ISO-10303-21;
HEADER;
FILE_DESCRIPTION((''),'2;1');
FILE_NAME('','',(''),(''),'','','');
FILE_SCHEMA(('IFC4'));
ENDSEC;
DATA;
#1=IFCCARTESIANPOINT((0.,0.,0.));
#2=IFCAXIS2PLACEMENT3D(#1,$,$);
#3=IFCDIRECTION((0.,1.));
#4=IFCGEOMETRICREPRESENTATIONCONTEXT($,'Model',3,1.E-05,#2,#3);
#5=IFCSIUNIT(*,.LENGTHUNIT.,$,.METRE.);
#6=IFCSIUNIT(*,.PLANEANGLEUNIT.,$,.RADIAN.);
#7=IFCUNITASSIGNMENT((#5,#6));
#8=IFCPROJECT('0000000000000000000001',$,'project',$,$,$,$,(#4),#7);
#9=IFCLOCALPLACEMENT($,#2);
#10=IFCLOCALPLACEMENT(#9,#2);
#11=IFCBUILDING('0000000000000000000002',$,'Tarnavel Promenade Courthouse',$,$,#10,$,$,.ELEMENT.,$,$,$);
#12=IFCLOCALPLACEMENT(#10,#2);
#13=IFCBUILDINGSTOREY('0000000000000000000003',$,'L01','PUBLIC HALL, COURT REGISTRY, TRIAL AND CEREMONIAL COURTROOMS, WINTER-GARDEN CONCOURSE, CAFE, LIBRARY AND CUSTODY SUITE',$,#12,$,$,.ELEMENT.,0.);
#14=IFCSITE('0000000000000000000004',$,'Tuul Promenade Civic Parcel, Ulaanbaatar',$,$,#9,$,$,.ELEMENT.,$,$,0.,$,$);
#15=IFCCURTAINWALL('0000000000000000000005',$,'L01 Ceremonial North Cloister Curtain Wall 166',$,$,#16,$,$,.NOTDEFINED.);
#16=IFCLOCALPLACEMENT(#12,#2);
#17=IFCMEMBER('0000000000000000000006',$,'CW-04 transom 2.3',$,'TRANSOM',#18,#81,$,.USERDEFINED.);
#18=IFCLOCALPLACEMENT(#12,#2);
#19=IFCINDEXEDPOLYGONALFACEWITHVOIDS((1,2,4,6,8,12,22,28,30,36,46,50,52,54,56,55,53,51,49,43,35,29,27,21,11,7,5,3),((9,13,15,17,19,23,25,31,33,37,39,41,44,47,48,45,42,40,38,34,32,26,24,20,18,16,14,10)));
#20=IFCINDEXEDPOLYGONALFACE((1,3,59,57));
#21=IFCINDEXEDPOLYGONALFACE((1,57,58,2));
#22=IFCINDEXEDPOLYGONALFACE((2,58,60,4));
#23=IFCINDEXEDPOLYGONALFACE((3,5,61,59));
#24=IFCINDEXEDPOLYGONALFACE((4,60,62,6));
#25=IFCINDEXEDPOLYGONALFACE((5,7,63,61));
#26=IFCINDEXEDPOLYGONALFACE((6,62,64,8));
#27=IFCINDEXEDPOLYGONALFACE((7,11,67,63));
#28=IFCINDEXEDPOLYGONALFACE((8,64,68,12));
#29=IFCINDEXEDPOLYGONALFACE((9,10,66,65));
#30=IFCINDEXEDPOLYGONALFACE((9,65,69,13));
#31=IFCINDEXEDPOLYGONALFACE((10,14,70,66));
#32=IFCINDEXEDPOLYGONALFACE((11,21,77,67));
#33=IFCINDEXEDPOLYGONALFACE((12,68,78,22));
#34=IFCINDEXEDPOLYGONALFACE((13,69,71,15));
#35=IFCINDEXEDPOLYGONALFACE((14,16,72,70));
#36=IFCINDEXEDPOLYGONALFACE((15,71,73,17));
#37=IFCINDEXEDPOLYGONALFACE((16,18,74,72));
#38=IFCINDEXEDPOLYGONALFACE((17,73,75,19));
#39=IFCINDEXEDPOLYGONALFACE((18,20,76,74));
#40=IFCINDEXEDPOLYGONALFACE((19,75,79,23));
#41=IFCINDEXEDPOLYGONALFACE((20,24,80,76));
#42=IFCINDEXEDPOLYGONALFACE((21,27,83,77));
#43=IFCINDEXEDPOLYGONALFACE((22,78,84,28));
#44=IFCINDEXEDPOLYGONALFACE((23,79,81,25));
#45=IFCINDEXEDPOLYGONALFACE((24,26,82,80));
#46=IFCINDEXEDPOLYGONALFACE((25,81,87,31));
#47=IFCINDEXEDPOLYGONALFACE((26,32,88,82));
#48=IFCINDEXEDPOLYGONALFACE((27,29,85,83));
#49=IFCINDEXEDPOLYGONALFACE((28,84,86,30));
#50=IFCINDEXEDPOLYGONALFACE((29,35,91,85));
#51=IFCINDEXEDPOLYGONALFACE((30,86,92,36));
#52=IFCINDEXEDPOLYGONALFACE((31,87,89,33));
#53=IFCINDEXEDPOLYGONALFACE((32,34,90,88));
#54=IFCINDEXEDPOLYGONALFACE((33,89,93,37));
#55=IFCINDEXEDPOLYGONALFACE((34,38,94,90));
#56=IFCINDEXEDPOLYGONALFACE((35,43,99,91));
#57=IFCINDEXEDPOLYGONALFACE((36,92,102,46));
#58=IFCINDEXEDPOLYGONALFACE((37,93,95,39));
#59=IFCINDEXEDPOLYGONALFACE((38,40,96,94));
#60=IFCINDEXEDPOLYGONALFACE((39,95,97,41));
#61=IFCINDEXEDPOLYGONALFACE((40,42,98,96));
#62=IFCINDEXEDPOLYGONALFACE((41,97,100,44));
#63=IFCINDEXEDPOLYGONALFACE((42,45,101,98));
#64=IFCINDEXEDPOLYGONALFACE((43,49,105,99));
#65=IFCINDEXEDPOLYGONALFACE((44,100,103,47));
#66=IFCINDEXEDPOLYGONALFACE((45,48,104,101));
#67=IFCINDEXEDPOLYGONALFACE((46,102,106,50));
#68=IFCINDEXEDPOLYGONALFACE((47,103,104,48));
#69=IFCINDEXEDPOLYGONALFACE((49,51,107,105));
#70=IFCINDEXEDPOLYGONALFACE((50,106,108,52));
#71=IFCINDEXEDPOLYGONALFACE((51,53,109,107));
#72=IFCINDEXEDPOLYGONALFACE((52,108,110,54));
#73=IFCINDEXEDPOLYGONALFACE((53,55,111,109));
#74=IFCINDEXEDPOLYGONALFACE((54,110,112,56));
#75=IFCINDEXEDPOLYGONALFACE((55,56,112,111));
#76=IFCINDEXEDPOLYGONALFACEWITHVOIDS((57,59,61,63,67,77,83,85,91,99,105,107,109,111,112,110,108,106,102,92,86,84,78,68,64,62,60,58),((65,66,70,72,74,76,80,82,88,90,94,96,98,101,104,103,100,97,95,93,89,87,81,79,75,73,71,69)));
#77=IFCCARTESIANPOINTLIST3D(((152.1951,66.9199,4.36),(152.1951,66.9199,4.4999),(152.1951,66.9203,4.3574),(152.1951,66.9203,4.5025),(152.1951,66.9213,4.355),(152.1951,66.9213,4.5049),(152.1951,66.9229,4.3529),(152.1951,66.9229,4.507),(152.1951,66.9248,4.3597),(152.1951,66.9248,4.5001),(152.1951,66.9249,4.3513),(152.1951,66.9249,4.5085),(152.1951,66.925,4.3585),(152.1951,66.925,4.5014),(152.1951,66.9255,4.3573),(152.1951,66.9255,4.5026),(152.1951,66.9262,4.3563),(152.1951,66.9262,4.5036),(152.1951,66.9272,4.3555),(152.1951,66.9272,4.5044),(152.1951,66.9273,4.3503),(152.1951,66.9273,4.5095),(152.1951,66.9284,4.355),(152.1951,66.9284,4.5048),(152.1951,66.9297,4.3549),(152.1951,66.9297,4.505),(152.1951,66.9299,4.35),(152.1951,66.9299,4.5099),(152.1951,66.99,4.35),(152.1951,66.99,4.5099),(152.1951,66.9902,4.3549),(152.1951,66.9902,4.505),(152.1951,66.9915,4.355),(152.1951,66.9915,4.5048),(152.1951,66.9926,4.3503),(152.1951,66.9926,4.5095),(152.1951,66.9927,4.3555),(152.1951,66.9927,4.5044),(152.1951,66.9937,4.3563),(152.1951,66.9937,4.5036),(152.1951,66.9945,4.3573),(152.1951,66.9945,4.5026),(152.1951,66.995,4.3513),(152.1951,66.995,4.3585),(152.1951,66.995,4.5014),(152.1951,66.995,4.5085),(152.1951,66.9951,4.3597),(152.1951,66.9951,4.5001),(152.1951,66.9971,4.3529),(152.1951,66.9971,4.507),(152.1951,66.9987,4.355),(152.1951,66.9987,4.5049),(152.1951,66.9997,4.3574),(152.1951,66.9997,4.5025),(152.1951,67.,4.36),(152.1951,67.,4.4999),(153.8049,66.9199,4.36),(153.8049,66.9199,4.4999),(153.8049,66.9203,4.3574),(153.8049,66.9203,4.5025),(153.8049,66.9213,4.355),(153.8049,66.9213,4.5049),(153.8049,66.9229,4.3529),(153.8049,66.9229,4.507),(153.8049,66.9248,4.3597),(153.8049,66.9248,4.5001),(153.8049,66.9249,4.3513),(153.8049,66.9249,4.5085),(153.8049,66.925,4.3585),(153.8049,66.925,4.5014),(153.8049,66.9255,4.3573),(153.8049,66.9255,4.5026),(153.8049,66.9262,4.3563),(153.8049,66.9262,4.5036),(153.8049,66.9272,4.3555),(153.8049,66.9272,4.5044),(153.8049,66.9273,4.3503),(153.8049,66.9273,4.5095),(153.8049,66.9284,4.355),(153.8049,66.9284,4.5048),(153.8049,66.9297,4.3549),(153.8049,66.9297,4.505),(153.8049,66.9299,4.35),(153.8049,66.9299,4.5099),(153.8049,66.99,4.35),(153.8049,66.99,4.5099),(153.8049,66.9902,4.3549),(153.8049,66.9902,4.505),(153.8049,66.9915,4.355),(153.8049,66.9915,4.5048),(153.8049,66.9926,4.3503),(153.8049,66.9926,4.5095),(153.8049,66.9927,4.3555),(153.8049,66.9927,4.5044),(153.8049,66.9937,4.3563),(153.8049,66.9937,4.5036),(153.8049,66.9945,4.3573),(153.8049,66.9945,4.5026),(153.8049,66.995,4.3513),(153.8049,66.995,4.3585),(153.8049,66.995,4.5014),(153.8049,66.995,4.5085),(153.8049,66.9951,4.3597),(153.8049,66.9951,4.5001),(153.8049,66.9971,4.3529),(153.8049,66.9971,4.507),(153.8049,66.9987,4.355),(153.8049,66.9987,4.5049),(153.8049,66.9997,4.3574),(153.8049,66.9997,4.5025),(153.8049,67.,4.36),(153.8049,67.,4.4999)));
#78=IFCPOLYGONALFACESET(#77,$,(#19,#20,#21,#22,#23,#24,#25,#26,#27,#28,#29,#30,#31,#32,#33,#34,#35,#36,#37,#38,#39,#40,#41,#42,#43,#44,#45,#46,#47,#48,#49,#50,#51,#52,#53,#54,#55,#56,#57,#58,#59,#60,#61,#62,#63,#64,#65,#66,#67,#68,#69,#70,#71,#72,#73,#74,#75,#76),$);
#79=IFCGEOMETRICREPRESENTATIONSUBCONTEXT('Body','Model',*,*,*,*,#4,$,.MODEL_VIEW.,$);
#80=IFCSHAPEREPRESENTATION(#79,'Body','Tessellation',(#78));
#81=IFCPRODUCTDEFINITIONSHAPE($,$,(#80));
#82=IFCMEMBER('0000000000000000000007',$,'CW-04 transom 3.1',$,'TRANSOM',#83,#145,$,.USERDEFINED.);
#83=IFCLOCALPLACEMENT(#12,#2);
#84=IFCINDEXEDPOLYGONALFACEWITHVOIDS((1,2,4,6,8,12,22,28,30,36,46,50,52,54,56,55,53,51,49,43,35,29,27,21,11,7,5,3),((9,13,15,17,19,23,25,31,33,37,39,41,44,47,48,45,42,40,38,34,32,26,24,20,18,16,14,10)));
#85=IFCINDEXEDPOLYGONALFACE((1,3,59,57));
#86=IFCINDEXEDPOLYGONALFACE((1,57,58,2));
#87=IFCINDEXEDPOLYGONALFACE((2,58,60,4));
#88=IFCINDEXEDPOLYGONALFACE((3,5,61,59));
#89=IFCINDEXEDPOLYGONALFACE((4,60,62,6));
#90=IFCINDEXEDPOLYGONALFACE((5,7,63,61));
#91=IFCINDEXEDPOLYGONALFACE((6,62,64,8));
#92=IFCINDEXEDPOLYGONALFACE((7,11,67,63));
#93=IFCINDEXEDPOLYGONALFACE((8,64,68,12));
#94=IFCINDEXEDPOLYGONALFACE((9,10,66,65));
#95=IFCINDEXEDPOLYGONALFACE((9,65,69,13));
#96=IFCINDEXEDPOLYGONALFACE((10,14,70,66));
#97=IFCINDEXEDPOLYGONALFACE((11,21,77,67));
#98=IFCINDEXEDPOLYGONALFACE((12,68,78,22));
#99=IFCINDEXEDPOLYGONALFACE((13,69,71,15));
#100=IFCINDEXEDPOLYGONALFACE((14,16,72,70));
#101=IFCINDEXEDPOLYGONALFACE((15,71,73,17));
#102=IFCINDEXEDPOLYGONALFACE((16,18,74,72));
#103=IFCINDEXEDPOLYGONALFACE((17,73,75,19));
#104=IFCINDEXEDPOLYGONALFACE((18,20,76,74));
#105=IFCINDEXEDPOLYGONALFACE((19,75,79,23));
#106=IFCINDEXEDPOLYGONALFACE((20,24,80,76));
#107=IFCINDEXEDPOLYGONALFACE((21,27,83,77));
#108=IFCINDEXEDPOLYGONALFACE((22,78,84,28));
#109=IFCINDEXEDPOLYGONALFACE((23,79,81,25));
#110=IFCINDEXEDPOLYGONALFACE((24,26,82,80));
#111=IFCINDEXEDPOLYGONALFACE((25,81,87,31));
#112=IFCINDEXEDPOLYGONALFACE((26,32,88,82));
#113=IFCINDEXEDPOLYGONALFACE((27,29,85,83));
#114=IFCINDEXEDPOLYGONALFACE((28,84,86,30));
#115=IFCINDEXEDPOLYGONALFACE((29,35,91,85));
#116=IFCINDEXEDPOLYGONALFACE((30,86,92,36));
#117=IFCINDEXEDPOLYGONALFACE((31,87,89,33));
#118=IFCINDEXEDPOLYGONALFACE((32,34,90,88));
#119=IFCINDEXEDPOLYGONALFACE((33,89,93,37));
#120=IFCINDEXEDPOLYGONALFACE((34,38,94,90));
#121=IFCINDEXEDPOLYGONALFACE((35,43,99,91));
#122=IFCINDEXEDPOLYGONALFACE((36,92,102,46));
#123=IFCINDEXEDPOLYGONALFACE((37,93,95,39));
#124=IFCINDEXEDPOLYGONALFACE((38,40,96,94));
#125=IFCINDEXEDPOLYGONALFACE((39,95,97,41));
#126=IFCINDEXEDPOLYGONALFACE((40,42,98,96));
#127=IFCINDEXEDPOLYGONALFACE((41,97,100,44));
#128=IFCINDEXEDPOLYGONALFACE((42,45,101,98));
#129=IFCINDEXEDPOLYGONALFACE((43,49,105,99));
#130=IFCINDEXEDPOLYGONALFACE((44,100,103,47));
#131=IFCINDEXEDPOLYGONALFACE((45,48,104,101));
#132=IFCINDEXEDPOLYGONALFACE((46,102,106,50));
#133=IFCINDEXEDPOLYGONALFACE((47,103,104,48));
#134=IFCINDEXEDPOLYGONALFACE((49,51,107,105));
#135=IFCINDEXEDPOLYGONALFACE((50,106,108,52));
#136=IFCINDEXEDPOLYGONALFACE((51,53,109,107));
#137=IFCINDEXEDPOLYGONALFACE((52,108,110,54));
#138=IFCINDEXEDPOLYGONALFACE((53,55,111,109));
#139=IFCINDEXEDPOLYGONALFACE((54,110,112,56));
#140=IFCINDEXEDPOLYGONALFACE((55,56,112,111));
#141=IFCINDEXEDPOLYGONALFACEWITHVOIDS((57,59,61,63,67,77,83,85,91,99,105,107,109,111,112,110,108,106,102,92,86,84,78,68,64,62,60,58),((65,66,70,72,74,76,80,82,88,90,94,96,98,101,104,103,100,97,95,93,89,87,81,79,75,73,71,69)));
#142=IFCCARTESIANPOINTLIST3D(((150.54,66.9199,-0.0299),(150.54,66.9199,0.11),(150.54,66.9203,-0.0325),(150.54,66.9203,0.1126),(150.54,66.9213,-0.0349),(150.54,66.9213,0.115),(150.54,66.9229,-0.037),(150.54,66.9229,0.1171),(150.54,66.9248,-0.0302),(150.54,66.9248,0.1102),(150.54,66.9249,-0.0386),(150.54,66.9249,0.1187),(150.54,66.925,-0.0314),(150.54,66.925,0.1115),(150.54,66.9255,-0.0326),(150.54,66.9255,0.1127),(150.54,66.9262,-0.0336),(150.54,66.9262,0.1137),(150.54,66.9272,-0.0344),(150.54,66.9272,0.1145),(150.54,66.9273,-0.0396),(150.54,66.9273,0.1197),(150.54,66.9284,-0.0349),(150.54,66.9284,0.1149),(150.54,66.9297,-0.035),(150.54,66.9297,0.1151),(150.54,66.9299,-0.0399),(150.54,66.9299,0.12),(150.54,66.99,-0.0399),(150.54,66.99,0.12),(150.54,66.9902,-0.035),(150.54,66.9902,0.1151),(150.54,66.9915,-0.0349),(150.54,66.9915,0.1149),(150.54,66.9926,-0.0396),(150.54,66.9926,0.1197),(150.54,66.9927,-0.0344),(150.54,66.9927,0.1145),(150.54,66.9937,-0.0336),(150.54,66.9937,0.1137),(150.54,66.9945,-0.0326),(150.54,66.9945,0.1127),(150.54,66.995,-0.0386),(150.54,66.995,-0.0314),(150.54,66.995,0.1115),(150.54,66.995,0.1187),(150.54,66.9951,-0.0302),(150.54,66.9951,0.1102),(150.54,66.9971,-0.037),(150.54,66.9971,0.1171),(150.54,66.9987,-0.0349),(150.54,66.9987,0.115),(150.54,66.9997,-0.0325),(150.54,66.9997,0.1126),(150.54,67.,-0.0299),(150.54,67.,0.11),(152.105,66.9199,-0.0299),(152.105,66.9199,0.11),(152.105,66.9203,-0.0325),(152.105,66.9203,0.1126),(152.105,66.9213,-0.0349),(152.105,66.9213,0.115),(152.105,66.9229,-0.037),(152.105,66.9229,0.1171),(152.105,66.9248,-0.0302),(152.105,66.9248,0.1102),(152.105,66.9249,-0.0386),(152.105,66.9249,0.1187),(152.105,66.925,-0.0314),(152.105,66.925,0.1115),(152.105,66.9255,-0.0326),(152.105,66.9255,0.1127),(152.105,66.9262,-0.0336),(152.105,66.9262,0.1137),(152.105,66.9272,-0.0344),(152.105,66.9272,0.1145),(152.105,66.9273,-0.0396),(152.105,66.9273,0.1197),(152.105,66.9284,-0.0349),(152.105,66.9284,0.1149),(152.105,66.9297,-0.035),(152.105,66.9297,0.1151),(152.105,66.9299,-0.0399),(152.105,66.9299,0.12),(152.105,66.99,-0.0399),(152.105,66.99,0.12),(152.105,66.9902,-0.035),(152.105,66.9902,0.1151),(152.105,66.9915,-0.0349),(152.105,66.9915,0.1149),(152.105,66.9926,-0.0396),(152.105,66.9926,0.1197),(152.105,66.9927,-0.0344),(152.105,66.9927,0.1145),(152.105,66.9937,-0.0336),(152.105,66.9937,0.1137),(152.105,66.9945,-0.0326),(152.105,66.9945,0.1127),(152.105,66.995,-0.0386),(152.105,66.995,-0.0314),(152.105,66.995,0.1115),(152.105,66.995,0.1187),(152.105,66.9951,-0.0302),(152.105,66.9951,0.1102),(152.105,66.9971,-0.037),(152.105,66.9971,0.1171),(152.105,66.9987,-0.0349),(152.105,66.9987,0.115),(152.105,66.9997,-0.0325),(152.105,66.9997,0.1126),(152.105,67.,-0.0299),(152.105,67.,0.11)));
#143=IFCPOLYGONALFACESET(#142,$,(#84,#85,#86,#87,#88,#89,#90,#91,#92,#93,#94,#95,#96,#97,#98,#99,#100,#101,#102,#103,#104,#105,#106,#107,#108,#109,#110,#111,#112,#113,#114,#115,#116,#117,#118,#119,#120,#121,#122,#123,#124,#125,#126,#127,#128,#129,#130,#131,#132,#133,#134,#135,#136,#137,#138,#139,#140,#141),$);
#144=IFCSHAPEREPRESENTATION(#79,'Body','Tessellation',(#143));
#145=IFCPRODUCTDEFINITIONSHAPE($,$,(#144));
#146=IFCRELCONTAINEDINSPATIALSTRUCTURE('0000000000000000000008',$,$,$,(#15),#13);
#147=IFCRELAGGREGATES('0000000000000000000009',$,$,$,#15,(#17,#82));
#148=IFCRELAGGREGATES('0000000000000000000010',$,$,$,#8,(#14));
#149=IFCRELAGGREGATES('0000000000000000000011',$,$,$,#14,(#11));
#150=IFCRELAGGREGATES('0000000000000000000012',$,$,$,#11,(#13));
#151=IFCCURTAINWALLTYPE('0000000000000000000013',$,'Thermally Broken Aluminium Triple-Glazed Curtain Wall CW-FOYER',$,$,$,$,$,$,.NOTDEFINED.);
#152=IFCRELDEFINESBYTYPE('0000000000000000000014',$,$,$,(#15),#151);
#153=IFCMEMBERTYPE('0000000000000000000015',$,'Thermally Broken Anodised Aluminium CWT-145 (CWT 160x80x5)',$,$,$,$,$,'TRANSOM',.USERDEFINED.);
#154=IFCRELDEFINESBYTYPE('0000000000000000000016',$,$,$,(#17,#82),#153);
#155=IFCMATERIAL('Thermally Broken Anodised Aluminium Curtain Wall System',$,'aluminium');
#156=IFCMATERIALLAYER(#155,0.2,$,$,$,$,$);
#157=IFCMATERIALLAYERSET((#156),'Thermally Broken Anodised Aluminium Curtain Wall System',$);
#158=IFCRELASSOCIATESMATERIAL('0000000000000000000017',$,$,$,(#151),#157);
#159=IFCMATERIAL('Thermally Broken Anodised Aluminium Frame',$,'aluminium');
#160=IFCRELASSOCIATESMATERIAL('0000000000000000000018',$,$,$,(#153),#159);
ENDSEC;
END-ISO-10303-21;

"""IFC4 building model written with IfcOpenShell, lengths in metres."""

from ifc_helpers import new_model, si_unit, direction, frame, origin, origin_2d, place, context, subcontext, project, spatial, hollow_rectangle, extrude, material, layer, layer_set, material_profile, profile_set, type_object, element, aggregate, save


model = new_model("IFC4")

# Units and contexts
model_context = context("Model", 3, precision=1e-05, world=origin(), true_north=direction((0.0, 1.0)))
body_context = subcontext(model_context, "Body", "Model", "MODEL_VIEW")
ifc_project = project(units=[si_unit("LENGTHUNIT", "METRE"), si_unit("PLANEANGLEUNIT", "RADIAN")], contexts=[model_context])

# Site, building, storey
site_placement = place(None, origin())
site = spatial("IfcSite", under=ifc_project, at=site_placement, Name="Tuul Promenade Civic Parcel, Ulaanbaatar", CompositionType="ELEMENT", RefElevation=0.0)
building_placement = place(site_placement, origin())
building = spatial("IfcBuilding", under=site, at=building_placement, Name="Tarnavel Promenade Courthouse", CompositionType="ELEMENT")
storey_placement = place(building_placement, origin())
storey = spatial("IfcBuildingStorey", under=building, at=storey_placement, Name="L01", Description="PUBLIC HALL, COURT REGISTRY, TRIAL AND CEREMONIAL COURTROOMS, WINTER-GARDEN CONCOURSE, CAFE, LIBRARY AND CUSTODY SUITE", CompositionType="ELEMENT", Elevation=0.0)

# Shared definitions
ifc_material_1 = material(Name="Thermally Broken Anodised Aluminium Curtain Wall System", Category="aluminium")
ifc_layer_1 = layer(ifc_material_1, 0.2)
ifc_layer_set_1 = layer_set([ifc_layer_1], Name="Thermally Broken Anodised Aluminium Curtain Wall System")
curtain_wall_type = type_object("IfcCurtainWallType", Name="Thermally Broken Aluminium Triple-Glazed Curtain Wall CW-FOYER", PredefinedType="NOTDEFINED", material=ifc_layer_set_1)
ifc_material_2 = material(Name="Thermally Broken Anodised Aluminium Frame", Category="aluminium")

# Curtain wall
curtain_wall_1_placement = place(storey_placement, origin())
curtain_wall_1 = element("IfcCurtainWall", 1, at=curtain_wall_1_placement, inside=storey, type_object=curtain_wall_type, Name="L01 Ceremonial North Cloister Curtain Wall 166", PredefinedType="NOTDEFINED")

# Members
ifc_material_profile_1 = material_profile(ifc_material_2, hollow_rectangle(XDim=0.0801, YDim=0.1599, WallThickness=0.0049, InnerFilletRadius=0.0049, OuterFilletRadius=0.01, at=origin_2d()), Name="CWT 160x80x5")
ifc_profile_set_1 = profile_set([ifc_material_profile_1], Name="Thermally Broken Anodised Aluminium Frame")
member_type_1 = type_object("IfcMemberType", Name="Thermally Broken Anodised Aluminium CWT-145 (CWT 160x80x5)", ElementType="TRANSOM", PredefinedType="USERDEFINED", material=ifc_profile_set_1)
member_1_placement = place(storey_placement, frame((153.8049, 66.96, 4.4299), z_axis=(-1.0, 0.0, 0.0), x_axis=(0.0, -1.0, 0.0)))
member_1 = element("IfcMember", 2, at=member_1_placement, type_object=member_type_1, Name="CW-04 transom 2.3", ObjectType="TRANSOM", PredefinedType="USERDEFINED", context=body_context, shape_type="SweptSolid", body=[
    extrude(hollow_rectangle(XDim=0.0801, YDim=0.1599, WallThickness=0.0049, InnerFilletRadius=0.0049, OuterFilletRadius=0.01, at=origin_2d()), origin(), (0.0, 0.0, 1.0), 1.6099),
])
member_2_placement = place(storey_placement, frame((152.105, 66.96, 0.04), z_axis=(-1.0, 0.0, 0.0), x_axis=(0.0, -1.0, 0.0)))
member_2 = element("IfcMember", 3, at=member_2_placement, type_object=member_type_1, Name="CW-04 transom 3.1", ObjectType="TRANSOM", PredefinedType="USERDEFINED", context=body_context, shape_type="SweptSolid", body=[
    extrude(hollow_rectangle(XDim=0.0801, YDim=0.1599, WallThickness=0.0049, InnerFilletRadius=0.0049, OuterFilletRadius=0.01, at=origin_2d()), origin(), (0.0, 0.0, 1.0), 1.5649),
])

aggregate(curtain_wall_1, [member_1, member_2])

save(model, "model.ifc")
